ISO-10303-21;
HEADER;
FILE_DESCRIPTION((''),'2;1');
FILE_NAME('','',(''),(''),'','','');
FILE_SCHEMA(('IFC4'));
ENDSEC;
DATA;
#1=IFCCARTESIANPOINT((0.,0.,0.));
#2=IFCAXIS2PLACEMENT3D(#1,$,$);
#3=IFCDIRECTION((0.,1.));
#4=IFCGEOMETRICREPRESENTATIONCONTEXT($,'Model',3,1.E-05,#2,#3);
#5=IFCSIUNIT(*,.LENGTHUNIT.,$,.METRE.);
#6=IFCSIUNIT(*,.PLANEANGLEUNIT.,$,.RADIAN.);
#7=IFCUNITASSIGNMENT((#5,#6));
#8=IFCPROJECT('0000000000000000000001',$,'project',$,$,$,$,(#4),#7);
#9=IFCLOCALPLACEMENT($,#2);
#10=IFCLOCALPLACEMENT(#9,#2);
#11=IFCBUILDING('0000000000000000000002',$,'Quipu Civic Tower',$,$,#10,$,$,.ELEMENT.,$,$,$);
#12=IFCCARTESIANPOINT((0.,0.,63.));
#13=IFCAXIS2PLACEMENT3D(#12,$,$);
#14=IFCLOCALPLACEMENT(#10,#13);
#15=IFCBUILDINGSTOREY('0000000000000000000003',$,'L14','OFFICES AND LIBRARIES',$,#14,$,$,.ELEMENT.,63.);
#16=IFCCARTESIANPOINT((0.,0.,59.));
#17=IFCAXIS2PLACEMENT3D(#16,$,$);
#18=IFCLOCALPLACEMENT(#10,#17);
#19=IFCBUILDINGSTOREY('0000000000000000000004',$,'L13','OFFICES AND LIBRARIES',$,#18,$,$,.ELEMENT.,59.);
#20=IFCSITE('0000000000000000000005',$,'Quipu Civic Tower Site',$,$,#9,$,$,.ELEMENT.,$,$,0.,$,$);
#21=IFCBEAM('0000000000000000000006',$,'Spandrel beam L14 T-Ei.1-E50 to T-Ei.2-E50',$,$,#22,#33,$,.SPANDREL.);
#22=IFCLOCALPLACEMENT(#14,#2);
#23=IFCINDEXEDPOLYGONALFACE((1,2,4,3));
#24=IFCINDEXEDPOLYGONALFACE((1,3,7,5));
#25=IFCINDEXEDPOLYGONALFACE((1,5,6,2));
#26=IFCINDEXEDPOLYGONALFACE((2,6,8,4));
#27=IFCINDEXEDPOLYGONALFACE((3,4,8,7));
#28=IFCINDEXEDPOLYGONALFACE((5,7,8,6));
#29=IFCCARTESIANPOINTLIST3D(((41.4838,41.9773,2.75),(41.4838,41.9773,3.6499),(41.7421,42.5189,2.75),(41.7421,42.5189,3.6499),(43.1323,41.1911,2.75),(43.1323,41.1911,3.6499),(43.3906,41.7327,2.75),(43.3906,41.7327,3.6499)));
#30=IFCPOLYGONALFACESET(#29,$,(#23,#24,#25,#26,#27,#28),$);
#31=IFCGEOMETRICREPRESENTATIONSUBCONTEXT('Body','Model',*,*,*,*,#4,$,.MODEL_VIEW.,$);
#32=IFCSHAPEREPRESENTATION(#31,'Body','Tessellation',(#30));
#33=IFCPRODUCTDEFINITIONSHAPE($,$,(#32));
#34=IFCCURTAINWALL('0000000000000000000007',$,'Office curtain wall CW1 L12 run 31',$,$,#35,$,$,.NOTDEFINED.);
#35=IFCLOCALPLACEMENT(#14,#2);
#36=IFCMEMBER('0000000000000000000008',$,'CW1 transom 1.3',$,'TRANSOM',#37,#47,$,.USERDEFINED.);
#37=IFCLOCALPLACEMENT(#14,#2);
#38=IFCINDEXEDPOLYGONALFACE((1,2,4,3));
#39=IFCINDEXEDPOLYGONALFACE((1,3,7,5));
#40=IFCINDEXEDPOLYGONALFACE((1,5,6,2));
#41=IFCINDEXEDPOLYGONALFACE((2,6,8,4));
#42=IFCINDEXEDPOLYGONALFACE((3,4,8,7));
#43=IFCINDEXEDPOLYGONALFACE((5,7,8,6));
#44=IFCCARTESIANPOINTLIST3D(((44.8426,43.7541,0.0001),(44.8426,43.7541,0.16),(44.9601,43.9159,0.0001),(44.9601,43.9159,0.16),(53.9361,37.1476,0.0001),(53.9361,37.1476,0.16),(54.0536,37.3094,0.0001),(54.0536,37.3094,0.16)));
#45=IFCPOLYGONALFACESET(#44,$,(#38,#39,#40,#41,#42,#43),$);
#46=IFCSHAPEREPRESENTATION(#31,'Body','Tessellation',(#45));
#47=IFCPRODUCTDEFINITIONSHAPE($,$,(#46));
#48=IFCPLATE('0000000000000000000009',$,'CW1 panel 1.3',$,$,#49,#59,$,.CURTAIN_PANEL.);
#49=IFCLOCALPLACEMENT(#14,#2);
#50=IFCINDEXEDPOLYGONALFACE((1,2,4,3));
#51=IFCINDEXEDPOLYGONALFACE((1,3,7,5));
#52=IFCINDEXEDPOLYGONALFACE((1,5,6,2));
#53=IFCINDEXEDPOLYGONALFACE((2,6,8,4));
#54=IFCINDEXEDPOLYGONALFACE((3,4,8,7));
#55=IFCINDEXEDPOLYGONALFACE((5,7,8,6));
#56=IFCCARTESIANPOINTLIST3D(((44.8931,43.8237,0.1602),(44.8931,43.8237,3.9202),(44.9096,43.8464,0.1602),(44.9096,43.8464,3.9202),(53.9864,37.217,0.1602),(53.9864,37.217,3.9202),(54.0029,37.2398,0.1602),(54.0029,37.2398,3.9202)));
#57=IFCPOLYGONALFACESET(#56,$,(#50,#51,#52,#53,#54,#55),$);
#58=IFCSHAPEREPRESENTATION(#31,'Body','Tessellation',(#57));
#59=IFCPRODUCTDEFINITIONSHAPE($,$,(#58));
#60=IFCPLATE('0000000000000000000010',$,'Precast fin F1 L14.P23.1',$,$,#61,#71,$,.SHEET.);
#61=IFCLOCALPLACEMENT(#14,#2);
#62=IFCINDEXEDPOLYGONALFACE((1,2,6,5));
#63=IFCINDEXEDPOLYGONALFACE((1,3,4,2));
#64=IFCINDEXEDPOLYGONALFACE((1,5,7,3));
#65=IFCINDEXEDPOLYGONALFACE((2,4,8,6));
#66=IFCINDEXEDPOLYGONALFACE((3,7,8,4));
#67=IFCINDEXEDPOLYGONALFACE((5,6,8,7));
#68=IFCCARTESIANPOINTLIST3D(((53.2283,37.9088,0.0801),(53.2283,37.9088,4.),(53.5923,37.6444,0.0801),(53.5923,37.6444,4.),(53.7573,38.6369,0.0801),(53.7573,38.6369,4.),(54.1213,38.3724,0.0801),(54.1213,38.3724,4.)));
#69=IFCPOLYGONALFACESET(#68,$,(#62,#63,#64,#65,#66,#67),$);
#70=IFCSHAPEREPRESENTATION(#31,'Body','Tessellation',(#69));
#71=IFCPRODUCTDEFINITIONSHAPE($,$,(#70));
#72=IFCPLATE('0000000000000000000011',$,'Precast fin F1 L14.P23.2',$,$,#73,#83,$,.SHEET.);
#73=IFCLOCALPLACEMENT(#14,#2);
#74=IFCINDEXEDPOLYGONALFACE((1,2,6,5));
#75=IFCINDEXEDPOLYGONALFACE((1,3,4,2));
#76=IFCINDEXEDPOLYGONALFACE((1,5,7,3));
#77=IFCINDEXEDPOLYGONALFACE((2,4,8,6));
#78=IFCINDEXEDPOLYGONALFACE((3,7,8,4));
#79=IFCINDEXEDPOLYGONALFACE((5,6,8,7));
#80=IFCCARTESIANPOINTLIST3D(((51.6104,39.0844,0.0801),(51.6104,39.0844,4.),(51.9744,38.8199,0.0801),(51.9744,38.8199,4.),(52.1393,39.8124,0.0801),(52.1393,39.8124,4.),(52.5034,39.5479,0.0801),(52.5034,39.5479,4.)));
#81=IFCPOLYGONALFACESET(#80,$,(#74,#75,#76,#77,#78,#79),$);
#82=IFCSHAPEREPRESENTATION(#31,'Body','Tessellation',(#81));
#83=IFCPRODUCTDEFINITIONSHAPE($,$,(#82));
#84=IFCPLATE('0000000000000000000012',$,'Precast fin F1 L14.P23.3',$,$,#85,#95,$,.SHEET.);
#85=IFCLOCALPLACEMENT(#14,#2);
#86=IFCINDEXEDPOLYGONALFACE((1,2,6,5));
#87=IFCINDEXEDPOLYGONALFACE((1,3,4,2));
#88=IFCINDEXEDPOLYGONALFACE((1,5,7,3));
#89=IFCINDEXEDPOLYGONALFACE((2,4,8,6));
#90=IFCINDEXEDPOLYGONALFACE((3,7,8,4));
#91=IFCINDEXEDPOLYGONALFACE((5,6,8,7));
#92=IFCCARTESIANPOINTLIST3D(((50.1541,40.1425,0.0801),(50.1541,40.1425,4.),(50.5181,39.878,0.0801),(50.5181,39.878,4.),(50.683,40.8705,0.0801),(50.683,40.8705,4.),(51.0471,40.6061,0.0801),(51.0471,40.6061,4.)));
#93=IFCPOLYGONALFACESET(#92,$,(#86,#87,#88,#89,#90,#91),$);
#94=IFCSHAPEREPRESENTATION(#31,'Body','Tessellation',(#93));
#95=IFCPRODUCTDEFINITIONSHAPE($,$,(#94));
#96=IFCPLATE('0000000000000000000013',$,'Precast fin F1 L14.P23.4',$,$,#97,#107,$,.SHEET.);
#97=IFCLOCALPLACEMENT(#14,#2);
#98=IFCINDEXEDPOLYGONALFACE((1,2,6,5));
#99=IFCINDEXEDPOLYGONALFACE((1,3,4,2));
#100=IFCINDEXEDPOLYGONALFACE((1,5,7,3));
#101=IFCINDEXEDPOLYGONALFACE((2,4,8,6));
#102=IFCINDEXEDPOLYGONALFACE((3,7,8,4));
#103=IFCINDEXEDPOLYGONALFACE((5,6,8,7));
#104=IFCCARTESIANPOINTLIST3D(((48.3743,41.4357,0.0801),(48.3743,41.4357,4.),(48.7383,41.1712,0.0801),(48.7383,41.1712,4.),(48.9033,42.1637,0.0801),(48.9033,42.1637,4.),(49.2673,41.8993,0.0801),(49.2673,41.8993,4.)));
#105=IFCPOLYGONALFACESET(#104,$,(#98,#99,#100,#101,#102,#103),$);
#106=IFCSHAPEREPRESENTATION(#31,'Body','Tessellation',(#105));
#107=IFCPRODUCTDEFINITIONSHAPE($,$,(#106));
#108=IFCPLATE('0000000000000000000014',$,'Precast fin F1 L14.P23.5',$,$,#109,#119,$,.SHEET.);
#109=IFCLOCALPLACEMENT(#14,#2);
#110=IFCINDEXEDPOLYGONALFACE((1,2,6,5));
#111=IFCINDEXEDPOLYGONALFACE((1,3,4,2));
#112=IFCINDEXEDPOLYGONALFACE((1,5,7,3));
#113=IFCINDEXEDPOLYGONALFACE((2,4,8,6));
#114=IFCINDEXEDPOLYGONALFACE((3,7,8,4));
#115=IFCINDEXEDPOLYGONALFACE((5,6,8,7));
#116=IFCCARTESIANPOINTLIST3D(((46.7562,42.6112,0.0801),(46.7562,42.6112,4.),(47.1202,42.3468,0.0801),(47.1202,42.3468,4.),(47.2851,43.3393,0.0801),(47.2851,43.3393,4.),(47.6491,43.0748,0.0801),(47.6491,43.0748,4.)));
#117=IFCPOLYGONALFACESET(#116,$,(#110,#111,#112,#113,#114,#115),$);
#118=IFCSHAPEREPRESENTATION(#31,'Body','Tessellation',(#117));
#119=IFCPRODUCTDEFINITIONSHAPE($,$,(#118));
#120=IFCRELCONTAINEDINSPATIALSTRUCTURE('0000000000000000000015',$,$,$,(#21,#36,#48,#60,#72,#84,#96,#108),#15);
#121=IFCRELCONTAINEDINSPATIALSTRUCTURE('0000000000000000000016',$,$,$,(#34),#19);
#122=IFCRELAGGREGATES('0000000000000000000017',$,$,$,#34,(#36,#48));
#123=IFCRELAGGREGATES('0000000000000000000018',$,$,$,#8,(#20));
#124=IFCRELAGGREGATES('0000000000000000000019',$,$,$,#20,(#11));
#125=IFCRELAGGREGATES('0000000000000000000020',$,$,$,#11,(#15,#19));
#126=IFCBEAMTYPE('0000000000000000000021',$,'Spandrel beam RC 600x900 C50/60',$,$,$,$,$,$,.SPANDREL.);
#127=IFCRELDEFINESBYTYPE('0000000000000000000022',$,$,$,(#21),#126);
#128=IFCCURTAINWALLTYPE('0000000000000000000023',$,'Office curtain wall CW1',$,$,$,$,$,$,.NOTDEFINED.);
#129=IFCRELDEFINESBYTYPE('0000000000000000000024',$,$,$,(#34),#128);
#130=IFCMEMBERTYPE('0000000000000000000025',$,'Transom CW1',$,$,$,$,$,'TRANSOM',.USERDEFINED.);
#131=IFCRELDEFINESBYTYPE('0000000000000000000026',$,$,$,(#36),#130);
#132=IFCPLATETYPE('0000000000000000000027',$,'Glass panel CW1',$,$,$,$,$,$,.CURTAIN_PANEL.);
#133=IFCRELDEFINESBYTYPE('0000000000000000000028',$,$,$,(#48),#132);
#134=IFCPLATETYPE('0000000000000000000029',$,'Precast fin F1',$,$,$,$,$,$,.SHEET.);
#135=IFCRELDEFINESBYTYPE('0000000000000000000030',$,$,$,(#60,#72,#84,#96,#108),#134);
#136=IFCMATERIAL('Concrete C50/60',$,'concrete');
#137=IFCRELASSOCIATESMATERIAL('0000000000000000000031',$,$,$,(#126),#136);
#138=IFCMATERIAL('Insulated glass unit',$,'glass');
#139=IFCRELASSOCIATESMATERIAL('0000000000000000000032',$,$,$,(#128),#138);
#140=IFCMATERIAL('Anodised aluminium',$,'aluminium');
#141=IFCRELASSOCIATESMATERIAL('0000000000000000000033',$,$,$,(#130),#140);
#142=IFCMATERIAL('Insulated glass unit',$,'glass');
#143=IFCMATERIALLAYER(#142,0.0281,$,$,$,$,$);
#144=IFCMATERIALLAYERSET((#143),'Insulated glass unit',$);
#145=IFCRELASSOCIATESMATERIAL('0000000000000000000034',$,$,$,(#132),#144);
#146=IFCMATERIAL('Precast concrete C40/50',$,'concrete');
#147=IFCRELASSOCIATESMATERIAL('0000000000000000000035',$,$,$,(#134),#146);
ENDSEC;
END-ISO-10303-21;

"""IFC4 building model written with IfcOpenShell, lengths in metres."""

from ifc_helpers import new_model, si_unit, direction, frame, origin, origin_2d, place, context, subcontext, project, spatial, rectangle, extrude, material, layer, layer_set, material_profile, profile_set, type_object, element, aggregate, save


model = new_model("IFC4")

# Units and contexts
model_context = context("Model", 3, precision=1e-05, world=origin(), true_north=direction((0.0, 1.0)))
body_context = subcontext(model_context, "Body", "Model", "MODEL_VIEW")
ifc_project = project(units=[si_unit("LENGTHUNIT", "METRE"), si_unit("PLANEANGLEUNIT", "RADIAN")], contexts=[model_context])

# Site, building, storey
site_placement = place(None, origin())
site = spatial("IfcSite", under=ifc_project, at=site_placement, Name="Quipu Civic Tower Site", CompositionType="ELEMENT", RefElevation=0.0)
building_placement = place(site_placement, origin())
building = spatial("IfcBuilding", under=site, at=building_placement, Name="Quipu Civic Tower", CompositionType="ELEMENT")
storey_1_placement = place(building_placement, frame((0.0, 0.0, 63.0)))
storey_1 = spatial("IfcBuildingStorey", under=building, at=storey_1_placement, Name="L14", Description="OFFICES AND LIBRARIES", CompositionType="ELEMENT", Elevation=63.0)

# Beam
ifc_material_1 = material(Name="Concrete C50/60", Category="concrete")
ifc_material_profile_1 = material_profile(ifc_material_1, rectangle(XDim=0.6001, YDim=0.8999, at=origin_2d()), Name="RC600x900")
ifc_profile_set_1 = profile_set([ifc_material_profile_1], Name="Concrete C50/60")
beam_type = type_object("IfcBeamType", Name="Spandrel beam RC 600x900 C50/60", PredefinedType="SPANDREL", material=ifc_profile_set_1)
beam_1_placement = place(storey_1_placement, frame((43.2615, 41.4619, 3.2), z_axis=(-0.902613, 0.430452, 0.0), x_axis=(-0.430452, -0.902613, 0.0)))
element("IfcBeam", 1, at=beam_1_placement, inside=storey_1, type_object=beam_type, Name="Spandrel beam L14 T-Ei.1-E50 to T-Ei.2-E50", PredefinedType="SPANDREL", context=body_context, shape_type="SweptSolid", body=[
    extrude(rectangle(XDim=0.6001, YDim=0.8999, at=origin_2d()), origin(), (0.0, 0.0, 1.0), 1.8264),
])

# Shared definitions
storey_2_placement = place(building_placement, frame((0.0, 0.0, 59.0)))
storey_2 = spatial("IfcBuildingStorey", under=building, at=storey_2_placement, Name="L13", Description="OFFICES AND LIBRARIES", CompositionType="ELEMENT", Elevation=59.0)

# Curtain wall, member, plate
ifc_material_2 = material(Name="Insulated glass unit", Category="glass")
curtain_wall_type = type_object("IfcCurtainWallType", Name="Office curtain wall CW1", PredefinedType="NOTDEFINED", material=ifc_material_2)
curtain_wall_placement = place(storey_2_placement, origin())
curtain_wall = element("IfcCurtainWall", 2, at=curtain_wall_placement, inside=storey_2, type_object=curtain_wall_type, Name="Office curtain wall CW1 L12 run 31", PredefinedType="NOTDEFINED")
ifc_material_3 = material(Name="Anodised aluminium", Category="aluminium")
ifc_material_profile_2 = material_profile(ifc_material_3, rectangle(XDim=0.2, YDim=0.1599, at=origin_2d()), Name="RECT 200x160")
ifc_profile_set_2 = profile_set([ifc_material_profile_2], Name="Anodised aluminium")
member_type = type_object("IfcMemberType", Name="Transom CW1", ElementType="TRANSOM", PredefinedType="USERDEFINED", material=ifc_profile_set_2)
member_placement = place(storey_1_placement, frame((53.9949, 37.2285, 0.0801), z_axis=(-0.809033, 0.587764, 0.0), x_axis=(-0.587764, -0.809033, 0.0)))
member = element("IfcMember", 3, at=member_placement, inside=storey_1, type_object=member_type, Name="CW1 transom 1.3", ObjectType="TRANSOM", PredefinedType="USERDEFINED", context=body_context, shape_type="SweptSolid", body=[
    extrude(rectangle(XDim=0.2, YDim=0.1599, at=origin_2d()), origin(), (0.0, 0.0, 1.0), 11.24),
])
ifc_material_4 = material(Name="Insulated glass unit", Category="glass")
ifc_layer_1 = layer(ifc_material_4, 0.0281)
ifc_layer_set_1 = layer_set([ifc_layer_1], Name="Insulated glass unit")
plate_type_1 = type_object("IfcPlateType", Name="Glass panel CW1", PredefinedType="CURTAIN_PANEL", material=ifc_layer_set_1)
plate_placement = place(storey_1_placement, frame((49.448, 40.5317, 0.1602), z_axis=(0.0, 0.0, 1.0), x_axis=(-0.809019, 0.587782, 0.0)))
plate = element("IfcPlate", 4, at=plate_placement, inside=storey_1, type_object=plate_type_1, Name="CW1 panel 1.3", PredefinedType="CURTAIN_PANEL", context=body_context, shape_type="SweptSolid", body=[
    extrude(rectangle(XDim=11.24, YDim=0.0281, at=origin_2d()), origin(), (0.0, 0.0, 1.0), 3.76),
])
aggregate(curtain_wall, [member, plate])

# Plates
ifc_material_5 = material(Name="Precast concrete C40/50", Category="concrete")
plate_type_2 = type_object("IfcPlateType", Name="Precast fin F1", PredefinedType="SHEET", material=ifc_material_5)
for number, where, z_axis, x_axis, name in (
    (5, (53.6748, 38.1406, 0.0801), (0.0, 0.0, 1.0), (-0.809021, 0.587779, 0.0), "Precast fin F1 L14.P23.1"),
    (6, (52.0569, 39.3162, 0.0801), (0.0, 0.0, 1.0), (-0.809021, 0.587779, 0.0), "Precast fin F1 L14.P23.2"),
    (7, (50.6006, 40.3743, 0.0801), (0.0, 0.0, 1.0), (-0.809021, 0.587779, 0.0), "Precast fin F1 L14.P23.3"),
    (8, (48.8208, 41.6675, 0.0801), (0.0, 0.0, 1.0), (-0.809021, 0.587779, 0.0), "Precast fin F1 L14.P23.4"),
    (9, (47.2026, 42.843, 0.0801), (0.0, 0.0, 1.0), (-0.809021, 0.587779, 0.0), "Precast fin F1 L14.P23.5"),
):
    element("IfcPlate", number, at=place(storey_1_placement, frame(where, z_axis=z_axis, x_axis=x_axis)), inside=storey_1, type_object=plate_type_2, Name=name, PredefinedType="SHEET", context=body_context, shape_type="SweptSolid", body=[
        extrude(rectangle(XDim=0.45, YDim=0.8999, at=origin_2d()), origin(), (0.0, 0.0, 1.0), 3.9199),
    ])

save(model, "model.ifc")
